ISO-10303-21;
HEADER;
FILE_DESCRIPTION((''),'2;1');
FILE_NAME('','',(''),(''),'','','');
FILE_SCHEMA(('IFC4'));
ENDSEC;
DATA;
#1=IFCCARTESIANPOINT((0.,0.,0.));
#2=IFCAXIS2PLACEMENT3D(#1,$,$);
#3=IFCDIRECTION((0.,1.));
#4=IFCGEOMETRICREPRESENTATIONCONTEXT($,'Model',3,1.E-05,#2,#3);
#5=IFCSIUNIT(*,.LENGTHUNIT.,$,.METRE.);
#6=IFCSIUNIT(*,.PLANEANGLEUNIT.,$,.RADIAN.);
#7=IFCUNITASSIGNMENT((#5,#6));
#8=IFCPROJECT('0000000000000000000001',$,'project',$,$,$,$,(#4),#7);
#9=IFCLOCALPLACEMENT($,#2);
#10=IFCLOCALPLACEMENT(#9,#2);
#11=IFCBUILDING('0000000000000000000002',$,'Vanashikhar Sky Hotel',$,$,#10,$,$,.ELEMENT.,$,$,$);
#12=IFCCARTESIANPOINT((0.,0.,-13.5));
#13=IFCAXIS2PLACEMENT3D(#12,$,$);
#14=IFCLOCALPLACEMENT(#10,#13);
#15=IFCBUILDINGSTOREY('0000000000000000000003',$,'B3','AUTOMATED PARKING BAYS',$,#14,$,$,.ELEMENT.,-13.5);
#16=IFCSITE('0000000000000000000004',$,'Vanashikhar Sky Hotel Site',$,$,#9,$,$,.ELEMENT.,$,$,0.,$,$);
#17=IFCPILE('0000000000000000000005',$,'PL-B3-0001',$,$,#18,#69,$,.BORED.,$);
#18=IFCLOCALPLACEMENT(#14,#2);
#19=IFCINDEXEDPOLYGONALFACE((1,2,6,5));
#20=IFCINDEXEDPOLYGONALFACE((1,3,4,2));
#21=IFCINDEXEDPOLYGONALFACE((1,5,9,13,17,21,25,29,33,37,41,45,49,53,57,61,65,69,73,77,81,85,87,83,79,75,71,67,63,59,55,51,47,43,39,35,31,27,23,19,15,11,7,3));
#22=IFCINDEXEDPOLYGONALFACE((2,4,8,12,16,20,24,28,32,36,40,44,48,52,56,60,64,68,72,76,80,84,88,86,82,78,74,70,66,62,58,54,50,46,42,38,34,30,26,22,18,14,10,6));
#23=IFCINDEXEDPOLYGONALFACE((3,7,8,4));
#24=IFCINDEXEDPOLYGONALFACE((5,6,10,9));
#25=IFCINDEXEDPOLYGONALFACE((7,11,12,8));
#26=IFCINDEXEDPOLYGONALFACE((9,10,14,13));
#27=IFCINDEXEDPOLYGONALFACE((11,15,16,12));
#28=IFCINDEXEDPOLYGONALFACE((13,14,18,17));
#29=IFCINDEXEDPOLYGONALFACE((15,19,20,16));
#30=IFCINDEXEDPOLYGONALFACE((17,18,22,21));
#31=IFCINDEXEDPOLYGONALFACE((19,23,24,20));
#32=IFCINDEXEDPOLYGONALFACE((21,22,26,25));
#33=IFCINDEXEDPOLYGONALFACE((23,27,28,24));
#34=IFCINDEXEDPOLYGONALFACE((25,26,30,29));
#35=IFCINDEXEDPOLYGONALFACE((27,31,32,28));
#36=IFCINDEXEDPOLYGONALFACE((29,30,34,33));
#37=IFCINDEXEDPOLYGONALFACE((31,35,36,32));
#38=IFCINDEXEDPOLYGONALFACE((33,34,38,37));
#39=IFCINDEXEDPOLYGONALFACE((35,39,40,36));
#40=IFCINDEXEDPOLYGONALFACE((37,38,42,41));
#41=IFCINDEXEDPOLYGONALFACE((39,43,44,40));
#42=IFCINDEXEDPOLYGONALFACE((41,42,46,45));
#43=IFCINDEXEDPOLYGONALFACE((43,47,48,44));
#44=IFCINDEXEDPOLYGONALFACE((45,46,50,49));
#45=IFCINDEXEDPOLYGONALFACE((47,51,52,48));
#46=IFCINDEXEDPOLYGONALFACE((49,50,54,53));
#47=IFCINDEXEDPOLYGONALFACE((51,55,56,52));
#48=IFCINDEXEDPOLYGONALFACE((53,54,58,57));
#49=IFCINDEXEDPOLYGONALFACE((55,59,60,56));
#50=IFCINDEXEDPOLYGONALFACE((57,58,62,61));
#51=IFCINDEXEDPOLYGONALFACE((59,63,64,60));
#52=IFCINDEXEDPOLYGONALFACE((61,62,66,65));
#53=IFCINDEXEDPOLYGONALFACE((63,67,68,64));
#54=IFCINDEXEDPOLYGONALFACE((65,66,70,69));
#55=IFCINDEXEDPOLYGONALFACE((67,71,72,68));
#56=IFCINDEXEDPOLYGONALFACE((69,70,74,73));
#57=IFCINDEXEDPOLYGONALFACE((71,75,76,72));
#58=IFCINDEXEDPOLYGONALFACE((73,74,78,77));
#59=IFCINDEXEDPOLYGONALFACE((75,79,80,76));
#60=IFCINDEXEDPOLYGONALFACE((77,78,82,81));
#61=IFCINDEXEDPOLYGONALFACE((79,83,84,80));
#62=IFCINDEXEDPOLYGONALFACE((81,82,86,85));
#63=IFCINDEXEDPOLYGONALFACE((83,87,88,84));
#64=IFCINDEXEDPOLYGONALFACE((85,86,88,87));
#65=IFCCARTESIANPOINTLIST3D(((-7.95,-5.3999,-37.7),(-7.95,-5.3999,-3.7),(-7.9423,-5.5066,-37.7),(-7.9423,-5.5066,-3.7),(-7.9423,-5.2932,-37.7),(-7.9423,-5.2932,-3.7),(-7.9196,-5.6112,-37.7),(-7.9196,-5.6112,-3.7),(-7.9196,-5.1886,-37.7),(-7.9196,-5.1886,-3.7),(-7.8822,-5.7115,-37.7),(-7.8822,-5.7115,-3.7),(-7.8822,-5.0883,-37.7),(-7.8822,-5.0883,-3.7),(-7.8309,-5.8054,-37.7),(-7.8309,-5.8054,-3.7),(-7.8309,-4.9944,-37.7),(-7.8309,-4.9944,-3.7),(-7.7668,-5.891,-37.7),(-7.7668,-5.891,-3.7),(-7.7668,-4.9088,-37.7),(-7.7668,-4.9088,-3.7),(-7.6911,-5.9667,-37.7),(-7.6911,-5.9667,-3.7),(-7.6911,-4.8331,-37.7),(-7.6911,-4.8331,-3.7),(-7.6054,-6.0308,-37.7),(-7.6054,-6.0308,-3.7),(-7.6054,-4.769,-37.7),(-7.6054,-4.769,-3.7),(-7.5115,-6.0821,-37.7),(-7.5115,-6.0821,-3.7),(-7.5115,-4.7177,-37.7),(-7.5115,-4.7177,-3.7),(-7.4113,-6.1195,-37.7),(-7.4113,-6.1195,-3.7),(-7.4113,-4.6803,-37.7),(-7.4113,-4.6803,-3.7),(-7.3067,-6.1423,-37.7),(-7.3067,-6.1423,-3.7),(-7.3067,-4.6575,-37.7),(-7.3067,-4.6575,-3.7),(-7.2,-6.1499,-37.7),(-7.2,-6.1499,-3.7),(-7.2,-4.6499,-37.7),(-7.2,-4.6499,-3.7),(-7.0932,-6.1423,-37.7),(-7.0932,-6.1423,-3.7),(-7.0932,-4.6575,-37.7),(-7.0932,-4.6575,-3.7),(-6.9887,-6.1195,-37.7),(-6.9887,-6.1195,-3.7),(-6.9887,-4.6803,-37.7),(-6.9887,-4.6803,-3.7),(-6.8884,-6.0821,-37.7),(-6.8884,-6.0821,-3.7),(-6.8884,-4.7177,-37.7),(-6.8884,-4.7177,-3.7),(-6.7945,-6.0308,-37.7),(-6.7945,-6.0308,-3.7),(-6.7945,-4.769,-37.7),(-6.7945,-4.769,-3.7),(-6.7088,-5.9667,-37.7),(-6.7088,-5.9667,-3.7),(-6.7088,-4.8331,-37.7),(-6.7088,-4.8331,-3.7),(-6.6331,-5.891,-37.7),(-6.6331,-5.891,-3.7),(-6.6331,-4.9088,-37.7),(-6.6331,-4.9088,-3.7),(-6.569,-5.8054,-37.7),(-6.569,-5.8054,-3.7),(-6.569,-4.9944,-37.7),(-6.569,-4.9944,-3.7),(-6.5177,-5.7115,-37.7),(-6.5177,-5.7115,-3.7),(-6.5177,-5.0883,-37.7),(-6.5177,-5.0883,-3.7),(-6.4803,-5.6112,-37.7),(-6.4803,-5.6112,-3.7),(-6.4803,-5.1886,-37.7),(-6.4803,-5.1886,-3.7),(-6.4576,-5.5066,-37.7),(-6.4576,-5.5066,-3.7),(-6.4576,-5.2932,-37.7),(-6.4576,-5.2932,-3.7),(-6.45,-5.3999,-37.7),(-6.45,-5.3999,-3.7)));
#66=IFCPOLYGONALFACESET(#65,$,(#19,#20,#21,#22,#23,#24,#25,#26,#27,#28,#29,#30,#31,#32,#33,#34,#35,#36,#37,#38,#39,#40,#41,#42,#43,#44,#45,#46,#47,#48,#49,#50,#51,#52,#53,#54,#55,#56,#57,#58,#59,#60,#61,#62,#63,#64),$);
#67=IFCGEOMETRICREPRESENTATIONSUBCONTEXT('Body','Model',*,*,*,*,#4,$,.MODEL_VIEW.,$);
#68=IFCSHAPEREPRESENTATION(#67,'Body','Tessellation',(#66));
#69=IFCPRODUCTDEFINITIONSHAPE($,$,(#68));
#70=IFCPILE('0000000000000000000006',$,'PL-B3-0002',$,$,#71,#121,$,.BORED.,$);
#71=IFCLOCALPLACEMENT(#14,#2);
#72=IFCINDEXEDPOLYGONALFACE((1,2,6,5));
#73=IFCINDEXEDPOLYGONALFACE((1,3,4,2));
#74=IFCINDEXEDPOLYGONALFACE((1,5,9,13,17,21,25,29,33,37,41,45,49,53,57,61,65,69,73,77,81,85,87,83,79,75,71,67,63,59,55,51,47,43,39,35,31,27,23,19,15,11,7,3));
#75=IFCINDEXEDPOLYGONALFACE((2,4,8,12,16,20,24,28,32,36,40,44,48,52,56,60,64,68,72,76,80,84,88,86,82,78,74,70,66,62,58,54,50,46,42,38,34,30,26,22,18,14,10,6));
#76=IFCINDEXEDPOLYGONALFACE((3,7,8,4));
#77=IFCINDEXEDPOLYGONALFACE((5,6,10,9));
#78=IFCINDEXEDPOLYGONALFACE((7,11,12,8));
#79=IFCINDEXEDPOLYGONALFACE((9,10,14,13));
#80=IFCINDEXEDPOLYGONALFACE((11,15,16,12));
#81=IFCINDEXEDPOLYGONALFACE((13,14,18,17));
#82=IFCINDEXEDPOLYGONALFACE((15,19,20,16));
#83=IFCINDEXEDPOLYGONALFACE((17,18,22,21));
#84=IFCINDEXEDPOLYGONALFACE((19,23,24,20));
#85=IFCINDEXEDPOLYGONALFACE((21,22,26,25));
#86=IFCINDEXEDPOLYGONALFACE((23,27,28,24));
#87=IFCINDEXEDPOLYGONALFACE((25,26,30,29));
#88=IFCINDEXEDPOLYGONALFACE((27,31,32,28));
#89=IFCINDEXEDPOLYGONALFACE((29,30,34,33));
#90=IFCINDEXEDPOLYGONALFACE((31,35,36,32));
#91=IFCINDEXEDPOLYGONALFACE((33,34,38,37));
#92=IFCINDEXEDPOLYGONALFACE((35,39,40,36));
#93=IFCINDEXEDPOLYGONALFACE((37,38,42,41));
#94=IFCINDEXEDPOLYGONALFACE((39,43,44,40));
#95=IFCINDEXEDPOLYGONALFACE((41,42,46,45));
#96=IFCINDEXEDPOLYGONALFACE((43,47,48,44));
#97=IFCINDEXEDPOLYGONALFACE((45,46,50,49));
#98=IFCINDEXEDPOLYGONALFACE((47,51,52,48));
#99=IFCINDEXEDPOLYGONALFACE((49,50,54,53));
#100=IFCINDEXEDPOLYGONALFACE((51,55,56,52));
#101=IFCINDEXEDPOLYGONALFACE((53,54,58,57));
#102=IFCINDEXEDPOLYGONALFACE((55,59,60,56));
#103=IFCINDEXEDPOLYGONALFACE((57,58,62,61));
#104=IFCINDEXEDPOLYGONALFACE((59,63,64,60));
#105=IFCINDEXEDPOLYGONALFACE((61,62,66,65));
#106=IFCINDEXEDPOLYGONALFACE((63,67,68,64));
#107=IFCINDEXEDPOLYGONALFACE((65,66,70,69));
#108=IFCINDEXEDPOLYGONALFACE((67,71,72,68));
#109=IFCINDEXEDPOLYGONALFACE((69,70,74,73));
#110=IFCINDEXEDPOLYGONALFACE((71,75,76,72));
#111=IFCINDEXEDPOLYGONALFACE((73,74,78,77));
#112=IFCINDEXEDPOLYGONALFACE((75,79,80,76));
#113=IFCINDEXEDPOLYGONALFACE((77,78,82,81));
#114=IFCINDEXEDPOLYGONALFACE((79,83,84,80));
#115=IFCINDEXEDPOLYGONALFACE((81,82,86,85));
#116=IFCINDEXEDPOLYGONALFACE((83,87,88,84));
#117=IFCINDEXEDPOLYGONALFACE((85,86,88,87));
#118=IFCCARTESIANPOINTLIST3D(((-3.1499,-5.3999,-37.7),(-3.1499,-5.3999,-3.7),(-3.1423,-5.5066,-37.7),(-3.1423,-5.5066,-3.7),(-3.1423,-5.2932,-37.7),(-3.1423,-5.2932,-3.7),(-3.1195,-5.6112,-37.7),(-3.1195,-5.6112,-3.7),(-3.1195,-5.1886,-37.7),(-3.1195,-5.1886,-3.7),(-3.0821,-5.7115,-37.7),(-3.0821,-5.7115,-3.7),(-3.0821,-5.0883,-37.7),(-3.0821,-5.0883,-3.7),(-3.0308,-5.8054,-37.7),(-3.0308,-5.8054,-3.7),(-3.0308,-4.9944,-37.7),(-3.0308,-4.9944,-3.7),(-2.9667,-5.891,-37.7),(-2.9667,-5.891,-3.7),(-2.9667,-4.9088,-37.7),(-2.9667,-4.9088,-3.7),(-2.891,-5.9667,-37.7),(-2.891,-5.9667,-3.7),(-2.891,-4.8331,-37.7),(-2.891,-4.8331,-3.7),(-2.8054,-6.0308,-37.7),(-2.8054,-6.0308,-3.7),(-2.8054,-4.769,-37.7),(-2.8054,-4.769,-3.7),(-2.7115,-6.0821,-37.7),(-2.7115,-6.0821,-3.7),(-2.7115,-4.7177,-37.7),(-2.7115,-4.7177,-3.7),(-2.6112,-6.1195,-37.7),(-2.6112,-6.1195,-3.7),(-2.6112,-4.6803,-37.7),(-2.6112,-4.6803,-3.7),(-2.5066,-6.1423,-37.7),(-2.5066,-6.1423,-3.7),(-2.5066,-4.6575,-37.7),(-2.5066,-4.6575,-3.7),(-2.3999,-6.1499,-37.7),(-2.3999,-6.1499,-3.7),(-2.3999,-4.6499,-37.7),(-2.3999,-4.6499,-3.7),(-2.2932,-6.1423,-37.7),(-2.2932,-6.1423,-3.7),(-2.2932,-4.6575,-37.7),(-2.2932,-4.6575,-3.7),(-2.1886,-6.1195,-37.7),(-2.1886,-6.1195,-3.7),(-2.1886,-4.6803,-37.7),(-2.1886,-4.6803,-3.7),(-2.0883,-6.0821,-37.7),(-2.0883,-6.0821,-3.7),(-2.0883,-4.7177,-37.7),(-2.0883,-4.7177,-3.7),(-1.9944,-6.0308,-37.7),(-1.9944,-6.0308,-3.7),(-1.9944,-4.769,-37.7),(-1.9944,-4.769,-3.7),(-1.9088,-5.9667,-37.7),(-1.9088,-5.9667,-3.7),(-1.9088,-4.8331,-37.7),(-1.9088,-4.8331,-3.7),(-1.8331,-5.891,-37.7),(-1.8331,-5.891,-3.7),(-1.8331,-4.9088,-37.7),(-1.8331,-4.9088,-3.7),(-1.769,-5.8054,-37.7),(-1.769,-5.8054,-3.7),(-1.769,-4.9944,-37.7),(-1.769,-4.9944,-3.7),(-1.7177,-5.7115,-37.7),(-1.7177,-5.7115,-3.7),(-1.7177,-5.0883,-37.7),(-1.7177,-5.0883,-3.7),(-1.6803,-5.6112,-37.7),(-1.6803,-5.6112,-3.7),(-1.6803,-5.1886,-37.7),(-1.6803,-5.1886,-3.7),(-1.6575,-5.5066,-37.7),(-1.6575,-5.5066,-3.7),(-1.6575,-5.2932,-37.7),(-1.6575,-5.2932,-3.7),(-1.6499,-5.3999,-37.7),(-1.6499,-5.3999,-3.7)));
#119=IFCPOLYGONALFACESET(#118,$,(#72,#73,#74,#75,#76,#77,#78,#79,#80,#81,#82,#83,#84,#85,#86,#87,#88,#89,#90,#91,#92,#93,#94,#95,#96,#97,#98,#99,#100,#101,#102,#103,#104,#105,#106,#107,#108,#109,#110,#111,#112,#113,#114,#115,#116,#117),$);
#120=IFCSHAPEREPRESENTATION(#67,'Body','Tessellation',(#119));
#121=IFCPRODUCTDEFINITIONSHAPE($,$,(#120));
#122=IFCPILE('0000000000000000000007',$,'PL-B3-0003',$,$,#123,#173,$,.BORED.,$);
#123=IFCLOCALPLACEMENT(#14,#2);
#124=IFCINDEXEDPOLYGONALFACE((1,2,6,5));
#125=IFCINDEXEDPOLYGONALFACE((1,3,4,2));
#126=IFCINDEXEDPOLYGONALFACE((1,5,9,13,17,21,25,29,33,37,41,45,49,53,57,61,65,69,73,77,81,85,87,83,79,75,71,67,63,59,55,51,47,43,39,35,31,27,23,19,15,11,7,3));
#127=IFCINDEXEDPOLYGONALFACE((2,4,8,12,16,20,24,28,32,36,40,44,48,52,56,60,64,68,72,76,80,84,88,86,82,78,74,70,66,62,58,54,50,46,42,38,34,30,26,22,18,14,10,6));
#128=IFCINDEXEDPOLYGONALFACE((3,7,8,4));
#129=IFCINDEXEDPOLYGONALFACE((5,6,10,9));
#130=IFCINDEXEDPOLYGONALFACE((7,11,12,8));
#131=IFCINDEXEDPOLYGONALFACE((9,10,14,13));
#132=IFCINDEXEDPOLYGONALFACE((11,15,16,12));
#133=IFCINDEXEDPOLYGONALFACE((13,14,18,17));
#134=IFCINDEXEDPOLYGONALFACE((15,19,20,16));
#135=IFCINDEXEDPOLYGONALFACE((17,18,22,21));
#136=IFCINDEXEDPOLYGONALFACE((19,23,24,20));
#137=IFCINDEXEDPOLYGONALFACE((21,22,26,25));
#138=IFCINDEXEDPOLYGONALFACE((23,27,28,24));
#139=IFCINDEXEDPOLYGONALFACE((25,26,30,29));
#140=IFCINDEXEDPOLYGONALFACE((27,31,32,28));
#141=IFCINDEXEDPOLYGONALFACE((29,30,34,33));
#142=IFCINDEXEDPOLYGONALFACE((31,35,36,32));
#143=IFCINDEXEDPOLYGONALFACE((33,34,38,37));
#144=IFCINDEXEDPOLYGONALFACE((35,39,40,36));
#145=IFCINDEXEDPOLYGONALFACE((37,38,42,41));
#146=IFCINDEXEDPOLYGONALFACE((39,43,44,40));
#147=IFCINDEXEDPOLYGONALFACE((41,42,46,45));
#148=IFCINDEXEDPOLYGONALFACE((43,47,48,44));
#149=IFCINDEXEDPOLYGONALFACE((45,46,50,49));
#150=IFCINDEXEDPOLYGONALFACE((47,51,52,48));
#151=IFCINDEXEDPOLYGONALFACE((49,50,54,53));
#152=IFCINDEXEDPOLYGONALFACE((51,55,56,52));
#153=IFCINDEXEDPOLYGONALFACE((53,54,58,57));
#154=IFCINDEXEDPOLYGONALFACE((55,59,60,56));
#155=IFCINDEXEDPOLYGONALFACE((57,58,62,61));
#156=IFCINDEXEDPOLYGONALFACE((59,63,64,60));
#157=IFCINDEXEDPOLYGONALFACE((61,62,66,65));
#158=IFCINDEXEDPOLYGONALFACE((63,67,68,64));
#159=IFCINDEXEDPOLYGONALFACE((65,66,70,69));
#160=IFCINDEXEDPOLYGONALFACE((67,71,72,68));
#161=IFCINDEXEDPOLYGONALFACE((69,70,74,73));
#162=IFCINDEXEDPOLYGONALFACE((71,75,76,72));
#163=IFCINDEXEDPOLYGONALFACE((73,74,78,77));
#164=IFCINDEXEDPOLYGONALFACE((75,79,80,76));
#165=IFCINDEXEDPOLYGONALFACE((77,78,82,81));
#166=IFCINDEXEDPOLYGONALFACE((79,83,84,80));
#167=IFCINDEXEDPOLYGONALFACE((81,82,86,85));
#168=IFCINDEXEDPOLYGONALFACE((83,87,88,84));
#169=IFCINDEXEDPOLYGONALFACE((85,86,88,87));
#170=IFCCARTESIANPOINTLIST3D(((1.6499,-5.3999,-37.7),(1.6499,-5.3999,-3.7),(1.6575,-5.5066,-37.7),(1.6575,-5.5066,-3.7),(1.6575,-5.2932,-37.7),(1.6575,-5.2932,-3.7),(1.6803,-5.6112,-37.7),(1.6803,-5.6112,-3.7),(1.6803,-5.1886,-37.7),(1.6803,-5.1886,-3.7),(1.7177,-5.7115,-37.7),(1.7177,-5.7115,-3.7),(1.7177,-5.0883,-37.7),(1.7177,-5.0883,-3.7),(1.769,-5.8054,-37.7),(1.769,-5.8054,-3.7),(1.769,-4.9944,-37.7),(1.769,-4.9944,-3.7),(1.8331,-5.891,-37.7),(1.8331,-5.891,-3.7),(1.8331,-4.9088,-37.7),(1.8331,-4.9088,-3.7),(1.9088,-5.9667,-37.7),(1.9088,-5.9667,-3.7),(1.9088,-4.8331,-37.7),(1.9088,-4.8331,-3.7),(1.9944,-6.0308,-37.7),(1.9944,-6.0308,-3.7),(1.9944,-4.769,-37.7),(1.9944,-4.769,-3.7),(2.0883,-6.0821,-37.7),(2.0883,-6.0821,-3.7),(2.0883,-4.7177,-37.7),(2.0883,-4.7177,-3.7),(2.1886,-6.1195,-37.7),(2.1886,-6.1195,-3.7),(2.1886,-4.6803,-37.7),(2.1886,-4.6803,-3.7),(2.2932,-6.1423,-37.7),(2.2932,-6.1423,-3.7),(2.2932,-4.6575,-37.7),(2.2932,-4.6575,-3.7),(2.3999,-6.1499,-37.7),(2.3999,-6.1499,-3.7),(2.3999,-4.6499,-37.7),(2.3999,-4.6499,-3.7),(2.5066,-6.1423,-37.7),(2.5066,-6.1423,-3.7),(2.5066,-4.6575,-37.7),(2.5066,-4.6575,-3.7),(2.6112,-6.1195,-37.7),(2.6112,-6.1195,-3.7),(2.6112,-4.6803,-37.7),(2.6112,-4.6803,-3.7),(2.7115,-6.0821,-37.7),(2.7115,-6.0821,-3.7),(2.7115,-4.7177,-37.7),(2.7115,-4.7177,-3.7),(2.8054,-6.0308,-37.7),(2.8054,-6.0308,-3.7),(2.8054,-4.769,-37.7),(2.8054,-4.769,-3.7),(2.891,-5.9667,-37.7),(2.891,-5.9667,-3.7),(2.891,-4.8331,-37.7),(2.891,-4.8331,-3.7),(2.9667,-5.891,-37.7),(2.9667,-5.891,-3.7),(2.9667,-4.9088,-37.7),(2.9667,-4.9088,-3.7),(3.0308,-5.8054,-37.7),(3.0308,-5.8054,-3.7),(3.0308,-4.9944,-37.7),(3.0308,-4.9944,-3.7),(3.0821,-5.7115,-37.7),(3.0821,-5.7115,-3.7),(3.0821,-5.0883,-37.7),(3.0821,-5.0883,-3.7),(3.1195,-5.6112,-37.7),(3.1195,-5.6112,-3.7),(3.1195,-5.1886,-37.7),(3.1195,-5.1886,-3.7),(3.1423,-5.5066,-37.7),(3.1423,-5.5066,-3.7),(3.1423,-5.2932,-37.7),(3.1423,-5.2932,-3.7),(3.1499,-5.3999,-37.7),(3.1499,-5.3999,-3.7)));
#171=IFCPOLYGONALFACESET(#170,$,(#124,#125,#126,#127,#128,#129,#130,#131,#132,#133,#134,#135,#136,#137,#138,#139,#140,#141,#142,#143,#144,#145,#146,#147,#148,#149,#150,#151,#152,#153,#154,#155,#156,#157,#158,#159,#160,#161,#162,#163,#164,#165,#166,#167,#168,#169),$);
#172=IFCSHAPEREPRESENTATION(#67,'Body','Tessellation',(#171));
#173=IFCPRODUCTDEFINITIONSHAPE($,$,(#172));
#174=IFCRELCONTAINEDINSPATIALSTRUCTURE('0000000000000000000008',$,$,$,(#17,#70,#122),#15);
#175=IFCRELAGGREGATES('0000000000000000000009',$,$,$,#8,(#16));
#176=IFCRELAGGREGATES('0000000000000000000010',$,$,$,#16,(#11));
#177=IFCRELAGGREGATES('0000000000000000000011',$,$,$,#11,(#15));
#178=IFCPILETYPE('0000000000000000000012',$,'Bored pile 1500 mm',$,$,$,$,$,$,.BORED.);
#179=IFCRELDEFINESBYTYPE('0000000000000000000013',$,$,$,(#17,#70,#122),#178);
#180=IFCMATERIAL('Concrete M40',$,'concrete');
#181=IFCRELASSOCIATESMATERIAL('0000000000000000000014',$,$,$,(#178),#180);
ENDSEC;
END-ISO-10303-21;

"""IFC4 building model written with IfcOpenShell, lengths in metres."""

from ifc_helpers import new_model, si_unit, direction, frame, origin, origin_2d, place, context, subcontext, project, spatial, circle, extrude, source, transform, mapped, material, type_object, element, save


model = new_model("IFC4")

# Units and contexts
model_context = context("Model", 3, precision=1e-05, world=origin(), true_north=direction((0.0, 1.0)))
body_context = subcontext(model_context, "Body", "Model", "MODEL_VIEW")
ifc_project = project(units=[si_unit("LENGTHUNIT", "METRE"), si_unit("PLANEANGLEUNIT", "RADIAN")], contexts=[model_context])

# Site, building, storey
site_placement = place(None, origin())
site = spatial("IfcSite", under=ifc_project, at=site_placement, Name="Vanashikhar Sky Hotel Site", CompositionType="ELEMENT", RefElevation=0.0)
building_placement = place(site_placement, origin())
building = spatial("IfcBuilding", under=site, at=building_placement, Name="Vanashikhar Sky Hotel", CompositionType="ELEMENT")
storey_placement = place(building_placement, frame((0.0, 0.0, -13.5)))
storey = spatial("IfcBuildingStorey", under=building, at=storey_placement, Name="B3", Description="AUTOMATED PARKING BAYS", CompositionType="ELEMENT", Elevation=-13.5)

# Piles
ifc_material_1 = material(Name="Concrete M40", Category="concrete")
pile_type_1 = type_object("IfcPileType", Name="Bored pile 1500 mm", PredefinedType="BORED", material=ifc_material_1)
shared_shape_1 = source(origin(), body_context, "Body", "SweptSolid", [
    extrude(circle(Radius=0.75, at=origin_2d()), origin(), (0.0, 0.0, 1.0), 34.0),
])
for number, where, z_axis, x_axis, name in (
    (1, (-7.2, -5.3999, -3.7), (0.0, 0.0, -1.0), (1.0, 0.0, 0.0), "PL-B3-0001"),
    (2, (-2.3999, -5.3999, -3.7), (0.0, 0.0, -1.0), (1.0, 0.0, 0.0), "PL-B3-0002"),
    (3, (2.3999, -5.3999, -3.7), (0.0, 0.0, -1.0), (1.0, 0.0, 0.0), "PL-B3-0003"),
):
    element("IfcPile", number, at=place(storey_placement, frame(where, z_axis=z_axis, x_axis=x_axis)), inside=storey, type_object=pile_type_1, Name=name, PredefinedType="BORED", context=body_context, shape_type="MappedRepresentation", body=[
        mapped(shared_shape_1, transform((0.0, 0.0, 0.0), scale=1.0)),
    ])

save(model, "model.ifc")
